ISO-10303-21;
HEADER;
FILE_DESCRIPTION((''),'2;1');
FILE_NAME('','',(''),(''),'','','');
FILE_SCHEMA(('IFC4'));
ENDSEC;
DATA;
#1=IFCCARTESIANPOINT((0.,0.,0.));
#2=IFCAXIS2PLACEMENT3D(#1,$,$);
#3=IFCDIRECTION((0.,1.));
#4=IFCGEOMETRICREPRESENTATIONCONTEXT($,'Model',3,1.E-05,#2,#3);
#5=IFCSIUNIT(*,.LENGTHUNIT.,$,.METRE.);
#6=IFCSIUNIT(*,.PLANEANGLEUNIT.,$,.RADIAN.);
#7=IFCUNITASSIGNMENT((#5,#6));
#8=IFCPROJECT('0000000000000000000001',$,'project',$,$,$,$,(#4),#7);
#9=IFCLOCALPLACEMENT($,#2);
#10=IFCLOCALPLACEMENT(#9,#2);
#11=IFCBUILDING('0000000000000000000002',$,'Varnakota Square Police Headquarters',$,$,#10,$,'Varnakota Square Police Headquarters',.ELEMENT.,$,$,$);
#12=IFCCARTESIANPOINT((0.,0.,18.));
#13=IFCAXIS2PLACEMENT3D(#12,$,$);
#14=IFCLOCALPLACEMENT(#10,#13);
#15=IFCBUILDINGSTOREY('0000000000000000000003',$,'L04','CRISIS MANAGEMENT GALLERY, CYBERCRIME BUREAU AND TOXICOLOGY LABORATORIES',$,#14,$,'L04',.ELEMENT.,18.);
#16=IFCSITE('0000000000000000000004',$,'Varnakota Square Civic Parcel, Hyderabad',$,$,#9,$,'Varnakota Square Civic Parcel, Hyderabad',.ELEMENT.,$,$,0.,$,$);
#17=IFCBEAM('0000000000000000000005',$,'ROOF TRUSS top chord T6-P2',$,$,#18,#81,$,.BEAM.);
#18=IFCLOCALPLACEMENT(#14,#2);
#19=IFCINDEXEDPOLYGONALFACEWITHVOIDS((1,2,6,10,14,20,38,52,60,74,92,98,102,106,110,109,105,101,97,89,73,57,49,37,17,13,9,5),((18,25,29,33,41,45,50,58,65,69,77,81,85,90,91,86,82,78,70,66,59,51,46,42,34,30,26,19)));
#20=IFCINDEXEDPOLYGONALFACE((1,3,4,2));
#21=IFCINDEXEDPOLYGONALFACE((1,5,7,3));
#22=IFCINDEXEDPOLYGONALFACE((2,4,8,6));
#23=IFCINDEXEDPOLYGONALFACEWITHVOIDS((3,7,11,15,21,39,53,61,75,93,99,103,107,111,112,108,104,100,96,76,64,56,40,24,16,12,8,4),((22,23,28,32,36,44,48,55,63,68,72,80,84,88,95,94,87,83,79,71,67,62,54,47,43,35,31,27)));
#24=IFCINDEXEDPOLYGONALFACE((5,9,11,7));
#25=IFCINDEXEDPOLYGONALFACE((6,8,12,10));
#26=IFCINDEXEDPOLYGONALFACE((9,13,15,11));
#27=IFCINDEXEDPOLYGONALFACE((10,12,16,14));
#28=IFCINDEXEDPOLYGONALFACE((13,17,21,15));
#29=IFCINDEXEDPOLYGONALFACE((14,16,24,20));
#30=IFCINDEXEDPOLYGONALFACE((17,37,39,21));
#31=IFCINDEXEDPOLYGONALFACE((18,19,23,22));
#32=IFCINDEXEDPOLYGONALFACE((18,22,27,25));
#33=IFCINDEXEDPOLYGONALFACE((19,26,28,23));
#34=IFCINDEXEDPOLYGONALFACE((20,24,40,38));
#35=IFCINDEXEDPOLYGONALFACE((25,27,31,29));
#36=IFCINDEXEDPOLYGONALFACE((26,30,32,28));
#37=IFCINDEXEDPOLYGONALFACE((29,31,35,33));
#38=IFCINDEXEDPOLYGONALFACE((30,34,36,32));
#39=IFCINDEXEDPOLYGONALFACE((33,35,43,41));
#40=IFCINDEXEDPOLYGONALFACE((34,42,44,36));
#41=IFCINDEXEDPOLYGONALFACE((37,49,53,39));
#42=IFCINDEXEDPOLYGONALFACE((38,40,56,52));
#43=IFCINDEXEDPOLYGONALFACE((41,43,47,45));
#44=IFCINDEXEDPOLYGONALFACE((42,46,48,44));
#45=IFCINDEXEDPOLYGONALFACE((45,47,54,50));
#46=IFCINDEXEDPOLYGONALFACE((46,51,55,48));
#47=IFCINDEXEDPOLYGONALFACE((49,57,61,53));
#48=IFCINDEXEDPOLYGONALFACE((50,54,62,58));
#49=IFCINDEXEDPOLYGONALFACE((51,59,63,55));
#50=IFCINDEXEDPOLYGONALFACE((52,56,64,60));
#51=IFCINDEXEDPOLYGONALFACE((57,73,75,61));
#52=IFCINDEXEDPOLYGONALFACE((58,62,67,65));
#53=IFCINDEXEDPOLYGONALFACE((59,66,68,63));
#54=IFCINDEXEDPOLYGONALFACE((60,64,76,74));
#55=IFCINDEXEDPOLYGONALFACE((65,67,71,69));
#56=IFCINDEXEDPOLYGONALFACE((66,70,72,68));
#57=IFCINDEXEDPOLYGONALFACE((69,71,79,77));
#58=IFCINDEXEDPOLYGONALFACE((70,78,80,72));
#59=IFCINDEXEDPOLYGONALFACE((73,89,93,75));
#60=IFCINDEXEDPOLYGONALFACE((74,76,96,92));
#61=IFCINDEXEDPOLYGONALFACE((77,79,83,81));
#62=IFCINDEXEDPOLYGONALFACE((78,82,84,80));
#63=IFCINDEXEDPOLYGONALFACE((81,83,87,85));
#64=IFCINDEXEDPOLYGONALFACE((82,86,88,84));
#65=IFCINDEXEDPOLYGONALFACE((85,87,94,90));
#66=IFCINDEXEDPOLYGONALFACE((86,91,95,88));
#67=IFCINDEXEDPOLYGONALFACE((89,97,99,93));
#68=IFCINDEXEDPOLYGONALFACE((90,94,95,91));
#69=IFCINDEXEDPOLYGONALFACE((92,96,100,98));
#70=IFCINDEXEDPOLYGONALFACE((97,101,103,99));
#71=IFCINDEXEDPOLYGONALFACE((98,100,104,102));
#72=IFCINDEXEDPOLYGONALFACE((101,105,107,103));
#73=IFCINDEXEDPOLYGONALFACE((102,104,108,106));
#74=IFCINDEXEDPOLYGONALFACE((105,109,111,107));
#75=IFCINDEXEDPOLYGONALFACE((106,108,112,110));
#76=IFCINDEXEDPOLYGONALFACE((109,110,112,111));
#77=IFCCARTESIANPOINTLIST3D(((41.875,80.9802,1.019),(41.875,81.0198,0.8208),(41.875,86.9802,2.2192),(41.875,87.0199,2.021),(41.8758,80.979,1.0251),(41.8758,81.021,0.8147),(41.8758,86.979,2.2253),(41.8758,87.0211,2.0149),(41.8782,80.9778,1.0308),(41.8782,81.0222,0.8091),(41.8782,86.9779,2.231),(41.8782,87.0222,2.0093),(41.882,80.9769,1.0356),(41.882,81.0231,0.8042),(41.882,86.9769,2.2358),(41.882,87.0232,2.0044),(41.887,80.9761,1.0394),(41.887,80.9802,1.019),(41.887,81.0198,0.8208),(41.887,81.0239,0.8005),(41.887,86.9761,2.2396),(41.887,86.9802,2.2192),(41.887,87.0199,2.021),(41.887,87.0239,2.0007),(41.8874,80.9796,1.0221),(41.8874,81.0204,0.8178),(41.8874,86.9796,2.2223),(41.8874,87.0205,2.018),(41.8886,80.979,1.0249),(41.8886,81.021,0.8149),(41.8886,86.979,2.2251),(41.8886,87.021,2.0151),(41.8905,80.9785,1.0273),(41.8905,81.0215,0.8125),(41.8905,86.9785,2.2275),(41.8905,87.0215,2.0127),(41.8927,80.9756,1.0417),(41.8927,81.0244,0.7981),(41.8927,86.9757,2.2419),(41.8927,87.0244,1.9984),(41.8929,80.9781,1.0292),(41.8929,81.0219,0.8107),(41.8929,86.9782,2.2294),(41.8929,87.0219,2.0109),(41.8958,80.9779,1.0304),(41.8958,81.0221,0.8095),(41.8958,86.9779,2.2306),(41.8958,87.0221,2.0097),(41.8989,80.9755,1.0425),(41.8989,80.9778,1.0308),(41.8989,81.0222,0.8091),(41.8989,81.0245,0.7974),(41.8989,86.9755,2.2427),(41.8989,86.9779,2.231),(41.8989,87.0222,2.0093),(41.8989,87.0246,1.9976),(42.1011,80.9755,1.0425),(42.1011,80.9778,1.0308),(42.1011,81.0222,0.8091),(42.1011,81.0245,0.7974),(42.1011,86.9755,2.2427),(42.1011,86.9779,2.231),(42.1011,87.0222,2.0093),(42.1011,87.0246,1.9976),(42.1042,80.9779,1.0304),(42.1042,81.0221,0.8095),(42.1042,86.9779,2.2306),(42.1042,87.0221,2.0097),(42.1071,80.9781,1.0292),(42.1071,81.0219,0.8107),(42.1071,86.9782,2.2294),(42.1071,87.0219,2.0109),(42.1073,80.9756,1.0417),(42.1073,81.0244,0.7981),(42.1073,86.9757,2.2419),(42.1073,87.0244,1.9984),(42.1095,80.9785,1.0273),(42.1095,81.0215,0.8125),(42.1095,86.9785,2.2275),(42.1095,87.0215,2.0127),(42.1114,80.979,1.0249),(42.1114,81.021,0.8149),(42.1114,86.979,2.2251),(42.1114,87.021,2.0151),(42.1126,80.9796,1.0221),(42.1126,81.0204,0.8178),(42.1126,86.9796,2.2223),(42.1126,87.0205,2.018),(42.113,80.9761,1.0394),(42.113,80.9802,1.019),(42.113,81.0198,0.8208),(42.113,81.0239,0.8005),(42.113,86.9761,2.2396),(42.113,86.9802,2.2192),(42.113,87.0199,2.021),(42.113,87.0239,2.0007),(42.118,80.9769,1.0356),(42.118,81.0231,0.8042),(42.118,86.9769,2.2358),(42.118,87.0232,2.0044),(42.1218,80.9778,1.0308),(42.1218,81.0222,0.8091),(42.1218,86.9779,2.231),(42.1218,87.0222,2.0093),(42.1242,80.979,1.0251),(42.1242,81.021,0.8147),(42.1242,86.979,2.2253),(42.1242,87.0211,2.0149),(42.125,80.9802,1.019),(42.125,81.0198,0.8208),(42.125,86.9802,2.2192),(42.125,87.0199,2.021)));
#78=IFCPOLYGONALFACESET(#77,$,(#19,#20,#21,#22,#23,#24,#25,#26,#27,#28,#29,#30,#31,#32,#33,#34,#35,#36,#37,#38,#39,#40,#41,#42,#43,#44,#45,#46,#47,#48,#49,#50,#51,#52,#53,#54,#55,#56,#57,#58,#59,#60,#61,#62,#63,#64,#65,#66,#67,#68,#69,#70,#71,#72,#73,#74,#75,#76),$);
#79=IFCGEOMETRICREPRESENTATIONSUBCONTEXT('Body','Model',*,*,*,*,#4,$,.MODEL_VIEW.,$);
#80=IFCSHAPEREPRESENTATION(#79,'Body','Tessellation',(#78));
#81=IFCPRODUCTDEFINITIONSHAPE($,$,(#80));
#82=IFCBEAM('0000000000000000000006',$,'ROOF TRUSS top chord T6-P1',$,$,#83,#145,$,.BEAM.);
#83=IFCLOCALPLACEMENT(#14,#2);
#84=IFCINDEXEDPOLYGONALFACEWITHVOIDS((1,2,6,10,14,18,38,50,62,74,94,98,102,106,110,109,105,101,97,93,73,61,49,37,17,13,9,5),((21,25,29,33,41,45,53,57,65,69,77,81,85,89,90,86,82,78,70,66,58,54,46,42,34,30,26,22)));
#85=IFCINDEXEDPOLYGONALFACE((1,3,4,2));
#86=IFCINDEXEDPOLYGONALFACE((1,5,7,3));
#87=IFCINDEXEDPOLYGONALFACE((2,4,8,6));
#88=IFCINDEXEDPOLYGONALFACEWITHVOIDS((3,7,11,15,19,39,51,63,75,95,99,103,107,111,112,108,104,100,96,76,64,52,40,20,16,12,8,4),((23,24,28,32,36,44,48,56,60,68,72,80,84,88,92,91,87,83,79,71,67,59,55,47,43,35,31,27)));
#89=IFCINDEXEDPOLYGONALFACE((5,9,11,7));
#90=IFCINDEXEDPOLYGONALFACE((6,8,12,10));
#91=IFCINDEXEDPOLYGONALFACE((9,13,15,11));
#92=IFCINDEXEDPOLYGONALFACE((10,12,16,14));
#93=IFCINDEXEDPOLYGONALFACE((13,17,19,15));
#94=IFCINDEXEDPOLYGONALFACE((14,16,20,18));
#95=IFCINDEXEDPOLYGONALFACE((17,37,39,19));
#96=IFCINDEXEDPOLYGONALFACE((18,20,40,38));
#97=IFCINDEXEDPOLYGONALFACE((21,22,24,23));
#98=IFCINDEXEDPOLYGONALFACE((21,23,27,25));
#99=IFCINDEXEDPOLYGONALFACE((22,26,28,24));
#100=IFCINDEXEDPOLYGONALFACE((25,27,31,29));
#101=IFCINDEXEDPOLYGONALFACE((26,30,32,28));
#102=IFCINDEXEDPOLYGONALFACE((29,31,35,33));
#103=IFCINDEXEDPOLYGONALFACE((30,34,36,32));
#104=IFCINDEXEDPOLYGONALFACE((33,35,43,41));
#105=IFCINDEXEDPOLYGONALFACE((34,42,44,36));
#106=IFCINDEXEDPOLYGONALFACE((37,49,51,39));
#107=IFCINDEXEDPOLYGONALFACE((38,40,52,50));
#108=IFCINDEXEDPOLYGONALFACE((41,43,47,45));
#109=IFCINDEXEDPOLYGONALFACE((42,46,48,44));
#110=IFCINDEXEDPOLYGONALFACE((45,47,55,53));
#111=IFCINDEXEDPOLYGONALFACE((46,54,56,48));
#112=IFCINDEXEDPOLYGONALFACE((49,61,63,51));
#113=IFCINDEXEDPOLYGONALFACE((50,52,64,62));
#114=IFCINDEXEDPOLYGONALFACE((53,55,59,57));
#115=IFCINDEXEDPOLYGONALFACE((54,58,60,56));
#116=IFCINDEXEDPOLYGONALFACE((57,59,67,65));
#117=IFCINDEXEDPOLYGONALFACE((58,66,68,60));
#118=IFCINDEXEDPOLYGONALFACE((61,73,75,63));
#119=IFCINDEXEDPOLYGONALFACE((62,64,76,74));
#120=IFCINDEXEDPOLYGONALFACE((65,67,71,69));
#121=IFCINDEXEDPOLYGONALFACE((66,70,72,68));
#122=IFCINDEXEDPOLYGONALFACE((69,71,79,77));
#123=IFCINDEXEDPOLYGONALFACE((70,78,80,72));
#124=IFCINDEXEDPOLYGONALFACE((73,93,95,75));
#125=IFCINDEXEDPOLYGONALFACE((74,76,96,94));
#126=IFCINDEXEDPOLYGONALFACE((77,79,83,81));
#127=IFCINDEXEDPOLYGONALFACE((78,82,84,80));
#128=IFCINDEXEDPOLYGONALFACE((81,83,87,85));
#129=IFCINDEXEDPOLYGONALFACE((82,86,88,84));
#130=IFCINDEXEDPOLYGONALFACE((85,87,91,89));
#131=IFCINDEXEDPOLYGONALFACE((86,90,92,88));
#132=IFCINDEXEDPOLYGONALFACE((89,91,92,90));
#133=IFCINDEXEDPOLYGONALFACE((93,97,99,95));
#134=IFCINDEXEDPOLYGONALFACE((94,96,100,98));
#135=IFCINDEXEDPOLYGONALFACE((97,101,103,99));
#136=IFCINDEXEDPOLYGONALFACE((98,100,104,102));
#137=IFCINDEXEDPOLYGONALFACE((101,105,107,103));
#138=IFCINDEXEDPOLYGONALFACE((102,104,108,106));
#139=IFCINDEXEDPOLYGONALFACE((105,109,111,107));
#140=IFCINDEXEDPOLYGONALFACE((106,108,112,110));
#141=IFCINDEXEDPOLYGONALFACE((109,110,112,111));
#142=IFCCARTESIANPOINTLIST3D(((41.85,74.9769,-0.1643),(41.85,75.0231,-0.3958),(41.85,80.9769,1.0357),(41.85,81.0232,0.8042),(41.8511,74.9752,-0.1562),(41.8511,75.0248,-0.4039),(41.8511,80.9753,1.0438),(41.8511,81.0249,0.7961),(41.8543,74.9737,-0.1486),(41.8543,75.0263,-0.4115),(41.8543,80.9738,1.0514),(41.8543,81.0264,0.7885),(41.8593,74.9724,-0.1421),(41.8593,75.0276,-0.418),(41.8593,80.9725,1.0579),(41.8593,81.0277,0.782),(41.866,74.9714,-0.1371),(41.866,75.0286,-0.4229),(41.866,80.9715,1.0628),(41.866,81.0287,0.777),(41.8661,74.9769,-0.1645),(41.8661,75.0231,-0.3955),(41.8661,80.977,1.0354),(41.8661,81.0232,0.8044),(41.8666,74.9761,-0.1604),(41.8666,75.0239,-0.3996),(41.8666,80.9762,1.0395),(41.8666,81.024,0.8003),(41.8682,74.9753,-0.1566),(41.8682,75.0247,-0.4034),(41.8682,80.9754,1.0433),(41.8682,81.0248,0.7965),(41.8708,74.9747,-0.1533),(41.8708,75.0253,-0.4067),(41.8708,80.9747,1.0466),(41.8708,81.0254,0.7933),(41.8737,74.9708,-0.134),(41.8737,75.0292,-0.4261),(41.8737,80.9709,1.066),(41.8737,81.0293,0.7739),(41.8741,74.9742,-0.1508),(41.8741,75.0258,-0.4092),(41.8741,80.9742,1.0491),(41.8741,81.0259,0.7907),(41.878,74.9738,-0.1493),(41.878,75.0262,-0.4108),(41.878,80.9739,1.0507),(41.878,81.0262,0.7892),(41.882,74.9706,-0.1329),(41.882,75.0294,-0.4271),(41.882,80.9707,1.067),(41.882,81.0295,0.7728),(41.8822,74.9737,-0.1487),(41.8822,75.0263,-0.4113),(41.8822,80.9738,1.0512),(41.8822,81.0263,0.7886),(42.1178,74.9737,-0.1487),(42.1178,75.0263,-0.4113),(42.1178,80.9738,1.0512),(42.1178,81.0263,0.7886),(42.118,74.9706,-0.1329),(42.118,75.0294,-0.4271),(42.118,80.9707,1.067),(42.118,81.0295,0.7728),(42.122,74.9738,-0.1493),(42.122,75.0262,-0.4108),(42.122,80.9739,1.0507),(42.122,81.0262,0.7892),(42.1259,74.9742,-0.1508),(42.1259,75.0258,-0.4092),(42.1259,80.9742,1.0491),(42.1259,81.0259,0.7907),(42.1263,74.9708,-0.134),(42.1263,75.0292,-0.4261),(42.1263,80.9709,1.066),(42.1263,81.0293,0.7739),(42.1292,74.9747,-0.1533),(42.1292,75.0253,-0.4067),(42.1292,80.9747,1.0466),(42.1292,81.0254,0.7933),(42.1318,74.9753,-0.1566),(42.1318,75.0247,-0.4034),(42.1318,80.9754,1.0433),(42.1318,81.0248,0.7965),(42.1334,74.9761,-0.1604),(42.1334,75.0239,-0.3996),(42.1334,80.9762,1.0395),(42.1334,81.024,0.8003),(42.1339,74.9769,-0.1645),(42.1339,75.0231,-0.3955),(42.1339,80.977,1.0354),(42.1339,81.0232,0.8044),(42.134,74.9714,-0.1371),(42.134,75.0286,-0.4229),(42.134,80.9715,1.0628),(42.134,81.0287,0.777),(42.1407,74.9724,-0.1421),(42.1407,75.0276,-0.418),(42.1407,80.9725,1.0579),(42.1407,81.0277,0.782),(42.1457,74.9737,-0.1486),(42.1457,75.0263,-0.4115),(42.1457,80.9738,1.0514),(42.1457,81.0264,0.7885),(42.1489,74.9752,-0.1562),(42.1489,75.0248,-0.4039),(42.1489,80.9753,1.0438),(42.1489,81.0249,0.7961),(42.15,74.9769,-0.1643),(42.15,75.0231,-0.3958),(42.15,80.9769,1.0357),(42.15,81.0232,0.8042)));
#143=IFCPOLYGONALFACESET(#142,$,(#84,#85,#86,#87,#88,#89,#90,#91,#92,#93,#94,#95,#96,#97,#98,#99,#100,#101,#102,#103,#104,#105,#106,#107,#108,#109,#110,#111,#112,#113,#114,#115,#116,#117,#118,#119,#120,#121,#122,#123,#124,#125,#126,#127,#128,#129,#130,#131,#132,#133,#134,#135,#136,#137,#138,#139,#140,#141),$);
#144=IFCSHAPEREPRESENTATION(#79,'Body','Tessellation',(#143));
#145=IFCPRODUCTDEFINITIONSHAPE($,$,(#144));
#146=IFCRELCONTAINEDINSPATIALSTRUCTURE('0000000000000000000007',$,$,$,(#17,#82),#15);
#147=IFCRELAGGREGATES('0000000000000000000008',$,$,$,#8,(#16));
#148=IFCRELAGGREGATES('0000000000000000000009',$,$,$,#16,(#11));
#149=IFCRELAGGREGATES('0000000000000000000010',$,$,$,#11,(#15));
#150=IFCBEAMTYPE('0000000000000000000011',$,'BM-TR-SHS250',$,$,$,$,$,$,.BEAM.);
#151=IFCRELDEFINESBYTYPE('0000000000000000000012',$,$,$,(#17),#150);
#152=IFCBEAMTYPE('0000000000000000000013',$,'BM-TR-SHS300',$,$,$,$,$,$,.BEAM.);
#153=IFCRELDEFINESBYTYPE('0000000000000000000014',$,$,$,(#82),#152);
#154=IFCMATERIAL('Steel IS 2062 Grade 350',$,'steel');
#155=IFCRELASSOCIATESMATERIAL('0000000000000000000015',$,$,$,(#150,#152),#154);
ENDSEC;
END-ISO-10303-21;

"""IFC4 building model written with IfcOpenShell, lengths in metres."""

from ifc_helpers import new_model, si_unit, direction, frame, origin, origin_2d, place, context, subcontext, project, spatial, hollow_rectangle, extrude, material, material_profile, profile_set, type_object, element, save


model = new_model("IFC4")

# Units and contexts
model_context = context("Model", 3, precision=1e-05, world=origin(), true_north=direction((0.0, 1.0)))
body_context = subcontext(model_context, "Body", "Model", "MODEL_VIEW")
ifc_project = project(units=[si_unit("LENGTHUNIT", "METRE"), si_unit("PLANEANGLEUNIT", "RADIAN")], contexts=[model_context])

# Site, building, storey
site_placement = place(None, origin())
site = spatial("IfcSite", under=ifc_project, at=site_placement, Name="Varnakota Square Civic Parcel, Hyderabad", LongName="Varnakota Square Civic Parcel, Hyderabad", CompositionType="ELEMENT", RefElevation=0.0)
building_placement = place(site_placement, origin())
building = spatial("IfcBuilding", under=site, at=building_placement, Name="Varnakota Square Police Headquarters", LongName="Varnakota Square Police Headquarters", CompositionType="ELEMENT")
storey_placement = place(building_placement, frame((0.0, 0.0, 18.0)))
storey = spatial("IfcBuildingStorey", under=building, at=storey_placement, Name="L04", Description="CRISIS MANAGEMENT GALLERY, CYBERCRIME BUREAU AND TOXICOLOGY LABORATORIES", LongName="L04", CompositionType="ELEMENT", Elevation=18.0)

# Shared definitions
ifc_material_1 = material(Name="Steel IS 2062 Grade 350", Category="steel")

# Beams
ifc_material_profile_1 = material_profile(ifc_material_1, hollow_rectangle(XDim=0.25, YDim=0.25, WallThickness=0.012, InnerFilletRadius=0.012, OuterFilletRadius=0.0239, at=origin_2d()), Name="SHS 250x250x12")
ifc_profile_set_1 = profile_set([ifc_material_profile_1], Name="Steel IS 2062 Grade 350")
beam_type_1 = type_object("IfcBeamType", Name="BM-TR-SHS250", PredefinedType="BEAM", material=ifc_profile_set_1)
for number, where, z_axis, x_axis, name in (
    (1, (42.0, 81.0, 0.9199), (0.0, 0.980575, 0.196147), (-1.0, 0.0, 0.0), "ROOF TRUSS top chord T6-P2"),
):
    element("IfcBeam", number, at=place(storey_placement, frame(where, z_axis=z_axis, x_axis=x_axis)), inside=storey, type_object=beam_type_1, Name=name, PredefinedType="BEAM", context=body_context, shape_type="SweptSolid", body=[
        extrude(hollow_rectangle(XDim=0.25, YDim=0.25, WallThickness=0.012, InnerFilletRadius=0.012, OuterFilletRadius=0.0239, at=origin_2d()), origin(), (0.0, 0.0, 1.0), 6.1189),
    ])
ifc_material_profile_2 = material_profile(ifc_material_1, hollow_rectangle(XDim=0.3, YDim=0.3, WallThickness=0.0161, InnerFilletRadius=0.0161, OuterFilletRadius=0.032, at=origin_2d()), Name="SHS 300x300x16")
ifc_profile_set_2 = profile_set([ifc_material_profile_2], Name="Steel IS 2062 Grade 350")
beam_type_2 = type_object("IfcBeamType", Name="BM-TR-SHS300", PredefinedType="BEAM", material=ifc_profile_set_2)
for number, where, z_axis, x_axis, name in (
    (2, (42.0, 75.0, -0.28), (0.0, 0.980582, 0.196108), (-1.0, 0.0, 0.0), "ROOF TRUSS top chord T6-P1"),
):
    element("IfcBeam", number, at=place(storey_placement, frame(where, z_axis=z_axis, x_axis=x_axis)), inside=storey, type_object=beam_type_2, Name=name, PredefinedType="BEAM", context=body_context, shape_type="SweptSolid", body=[
        extrude(hollow_rectangle(XDim=0.3, YDim=0.3, WallThickness=0.0161, InnerFilletRadius=0.0161, OuterFilletRadius=0.032, at=origin_2d()), origin(), (0.0, 0.0, 1.0), 6.1189),
    ])

save(model, "model.ifc")
